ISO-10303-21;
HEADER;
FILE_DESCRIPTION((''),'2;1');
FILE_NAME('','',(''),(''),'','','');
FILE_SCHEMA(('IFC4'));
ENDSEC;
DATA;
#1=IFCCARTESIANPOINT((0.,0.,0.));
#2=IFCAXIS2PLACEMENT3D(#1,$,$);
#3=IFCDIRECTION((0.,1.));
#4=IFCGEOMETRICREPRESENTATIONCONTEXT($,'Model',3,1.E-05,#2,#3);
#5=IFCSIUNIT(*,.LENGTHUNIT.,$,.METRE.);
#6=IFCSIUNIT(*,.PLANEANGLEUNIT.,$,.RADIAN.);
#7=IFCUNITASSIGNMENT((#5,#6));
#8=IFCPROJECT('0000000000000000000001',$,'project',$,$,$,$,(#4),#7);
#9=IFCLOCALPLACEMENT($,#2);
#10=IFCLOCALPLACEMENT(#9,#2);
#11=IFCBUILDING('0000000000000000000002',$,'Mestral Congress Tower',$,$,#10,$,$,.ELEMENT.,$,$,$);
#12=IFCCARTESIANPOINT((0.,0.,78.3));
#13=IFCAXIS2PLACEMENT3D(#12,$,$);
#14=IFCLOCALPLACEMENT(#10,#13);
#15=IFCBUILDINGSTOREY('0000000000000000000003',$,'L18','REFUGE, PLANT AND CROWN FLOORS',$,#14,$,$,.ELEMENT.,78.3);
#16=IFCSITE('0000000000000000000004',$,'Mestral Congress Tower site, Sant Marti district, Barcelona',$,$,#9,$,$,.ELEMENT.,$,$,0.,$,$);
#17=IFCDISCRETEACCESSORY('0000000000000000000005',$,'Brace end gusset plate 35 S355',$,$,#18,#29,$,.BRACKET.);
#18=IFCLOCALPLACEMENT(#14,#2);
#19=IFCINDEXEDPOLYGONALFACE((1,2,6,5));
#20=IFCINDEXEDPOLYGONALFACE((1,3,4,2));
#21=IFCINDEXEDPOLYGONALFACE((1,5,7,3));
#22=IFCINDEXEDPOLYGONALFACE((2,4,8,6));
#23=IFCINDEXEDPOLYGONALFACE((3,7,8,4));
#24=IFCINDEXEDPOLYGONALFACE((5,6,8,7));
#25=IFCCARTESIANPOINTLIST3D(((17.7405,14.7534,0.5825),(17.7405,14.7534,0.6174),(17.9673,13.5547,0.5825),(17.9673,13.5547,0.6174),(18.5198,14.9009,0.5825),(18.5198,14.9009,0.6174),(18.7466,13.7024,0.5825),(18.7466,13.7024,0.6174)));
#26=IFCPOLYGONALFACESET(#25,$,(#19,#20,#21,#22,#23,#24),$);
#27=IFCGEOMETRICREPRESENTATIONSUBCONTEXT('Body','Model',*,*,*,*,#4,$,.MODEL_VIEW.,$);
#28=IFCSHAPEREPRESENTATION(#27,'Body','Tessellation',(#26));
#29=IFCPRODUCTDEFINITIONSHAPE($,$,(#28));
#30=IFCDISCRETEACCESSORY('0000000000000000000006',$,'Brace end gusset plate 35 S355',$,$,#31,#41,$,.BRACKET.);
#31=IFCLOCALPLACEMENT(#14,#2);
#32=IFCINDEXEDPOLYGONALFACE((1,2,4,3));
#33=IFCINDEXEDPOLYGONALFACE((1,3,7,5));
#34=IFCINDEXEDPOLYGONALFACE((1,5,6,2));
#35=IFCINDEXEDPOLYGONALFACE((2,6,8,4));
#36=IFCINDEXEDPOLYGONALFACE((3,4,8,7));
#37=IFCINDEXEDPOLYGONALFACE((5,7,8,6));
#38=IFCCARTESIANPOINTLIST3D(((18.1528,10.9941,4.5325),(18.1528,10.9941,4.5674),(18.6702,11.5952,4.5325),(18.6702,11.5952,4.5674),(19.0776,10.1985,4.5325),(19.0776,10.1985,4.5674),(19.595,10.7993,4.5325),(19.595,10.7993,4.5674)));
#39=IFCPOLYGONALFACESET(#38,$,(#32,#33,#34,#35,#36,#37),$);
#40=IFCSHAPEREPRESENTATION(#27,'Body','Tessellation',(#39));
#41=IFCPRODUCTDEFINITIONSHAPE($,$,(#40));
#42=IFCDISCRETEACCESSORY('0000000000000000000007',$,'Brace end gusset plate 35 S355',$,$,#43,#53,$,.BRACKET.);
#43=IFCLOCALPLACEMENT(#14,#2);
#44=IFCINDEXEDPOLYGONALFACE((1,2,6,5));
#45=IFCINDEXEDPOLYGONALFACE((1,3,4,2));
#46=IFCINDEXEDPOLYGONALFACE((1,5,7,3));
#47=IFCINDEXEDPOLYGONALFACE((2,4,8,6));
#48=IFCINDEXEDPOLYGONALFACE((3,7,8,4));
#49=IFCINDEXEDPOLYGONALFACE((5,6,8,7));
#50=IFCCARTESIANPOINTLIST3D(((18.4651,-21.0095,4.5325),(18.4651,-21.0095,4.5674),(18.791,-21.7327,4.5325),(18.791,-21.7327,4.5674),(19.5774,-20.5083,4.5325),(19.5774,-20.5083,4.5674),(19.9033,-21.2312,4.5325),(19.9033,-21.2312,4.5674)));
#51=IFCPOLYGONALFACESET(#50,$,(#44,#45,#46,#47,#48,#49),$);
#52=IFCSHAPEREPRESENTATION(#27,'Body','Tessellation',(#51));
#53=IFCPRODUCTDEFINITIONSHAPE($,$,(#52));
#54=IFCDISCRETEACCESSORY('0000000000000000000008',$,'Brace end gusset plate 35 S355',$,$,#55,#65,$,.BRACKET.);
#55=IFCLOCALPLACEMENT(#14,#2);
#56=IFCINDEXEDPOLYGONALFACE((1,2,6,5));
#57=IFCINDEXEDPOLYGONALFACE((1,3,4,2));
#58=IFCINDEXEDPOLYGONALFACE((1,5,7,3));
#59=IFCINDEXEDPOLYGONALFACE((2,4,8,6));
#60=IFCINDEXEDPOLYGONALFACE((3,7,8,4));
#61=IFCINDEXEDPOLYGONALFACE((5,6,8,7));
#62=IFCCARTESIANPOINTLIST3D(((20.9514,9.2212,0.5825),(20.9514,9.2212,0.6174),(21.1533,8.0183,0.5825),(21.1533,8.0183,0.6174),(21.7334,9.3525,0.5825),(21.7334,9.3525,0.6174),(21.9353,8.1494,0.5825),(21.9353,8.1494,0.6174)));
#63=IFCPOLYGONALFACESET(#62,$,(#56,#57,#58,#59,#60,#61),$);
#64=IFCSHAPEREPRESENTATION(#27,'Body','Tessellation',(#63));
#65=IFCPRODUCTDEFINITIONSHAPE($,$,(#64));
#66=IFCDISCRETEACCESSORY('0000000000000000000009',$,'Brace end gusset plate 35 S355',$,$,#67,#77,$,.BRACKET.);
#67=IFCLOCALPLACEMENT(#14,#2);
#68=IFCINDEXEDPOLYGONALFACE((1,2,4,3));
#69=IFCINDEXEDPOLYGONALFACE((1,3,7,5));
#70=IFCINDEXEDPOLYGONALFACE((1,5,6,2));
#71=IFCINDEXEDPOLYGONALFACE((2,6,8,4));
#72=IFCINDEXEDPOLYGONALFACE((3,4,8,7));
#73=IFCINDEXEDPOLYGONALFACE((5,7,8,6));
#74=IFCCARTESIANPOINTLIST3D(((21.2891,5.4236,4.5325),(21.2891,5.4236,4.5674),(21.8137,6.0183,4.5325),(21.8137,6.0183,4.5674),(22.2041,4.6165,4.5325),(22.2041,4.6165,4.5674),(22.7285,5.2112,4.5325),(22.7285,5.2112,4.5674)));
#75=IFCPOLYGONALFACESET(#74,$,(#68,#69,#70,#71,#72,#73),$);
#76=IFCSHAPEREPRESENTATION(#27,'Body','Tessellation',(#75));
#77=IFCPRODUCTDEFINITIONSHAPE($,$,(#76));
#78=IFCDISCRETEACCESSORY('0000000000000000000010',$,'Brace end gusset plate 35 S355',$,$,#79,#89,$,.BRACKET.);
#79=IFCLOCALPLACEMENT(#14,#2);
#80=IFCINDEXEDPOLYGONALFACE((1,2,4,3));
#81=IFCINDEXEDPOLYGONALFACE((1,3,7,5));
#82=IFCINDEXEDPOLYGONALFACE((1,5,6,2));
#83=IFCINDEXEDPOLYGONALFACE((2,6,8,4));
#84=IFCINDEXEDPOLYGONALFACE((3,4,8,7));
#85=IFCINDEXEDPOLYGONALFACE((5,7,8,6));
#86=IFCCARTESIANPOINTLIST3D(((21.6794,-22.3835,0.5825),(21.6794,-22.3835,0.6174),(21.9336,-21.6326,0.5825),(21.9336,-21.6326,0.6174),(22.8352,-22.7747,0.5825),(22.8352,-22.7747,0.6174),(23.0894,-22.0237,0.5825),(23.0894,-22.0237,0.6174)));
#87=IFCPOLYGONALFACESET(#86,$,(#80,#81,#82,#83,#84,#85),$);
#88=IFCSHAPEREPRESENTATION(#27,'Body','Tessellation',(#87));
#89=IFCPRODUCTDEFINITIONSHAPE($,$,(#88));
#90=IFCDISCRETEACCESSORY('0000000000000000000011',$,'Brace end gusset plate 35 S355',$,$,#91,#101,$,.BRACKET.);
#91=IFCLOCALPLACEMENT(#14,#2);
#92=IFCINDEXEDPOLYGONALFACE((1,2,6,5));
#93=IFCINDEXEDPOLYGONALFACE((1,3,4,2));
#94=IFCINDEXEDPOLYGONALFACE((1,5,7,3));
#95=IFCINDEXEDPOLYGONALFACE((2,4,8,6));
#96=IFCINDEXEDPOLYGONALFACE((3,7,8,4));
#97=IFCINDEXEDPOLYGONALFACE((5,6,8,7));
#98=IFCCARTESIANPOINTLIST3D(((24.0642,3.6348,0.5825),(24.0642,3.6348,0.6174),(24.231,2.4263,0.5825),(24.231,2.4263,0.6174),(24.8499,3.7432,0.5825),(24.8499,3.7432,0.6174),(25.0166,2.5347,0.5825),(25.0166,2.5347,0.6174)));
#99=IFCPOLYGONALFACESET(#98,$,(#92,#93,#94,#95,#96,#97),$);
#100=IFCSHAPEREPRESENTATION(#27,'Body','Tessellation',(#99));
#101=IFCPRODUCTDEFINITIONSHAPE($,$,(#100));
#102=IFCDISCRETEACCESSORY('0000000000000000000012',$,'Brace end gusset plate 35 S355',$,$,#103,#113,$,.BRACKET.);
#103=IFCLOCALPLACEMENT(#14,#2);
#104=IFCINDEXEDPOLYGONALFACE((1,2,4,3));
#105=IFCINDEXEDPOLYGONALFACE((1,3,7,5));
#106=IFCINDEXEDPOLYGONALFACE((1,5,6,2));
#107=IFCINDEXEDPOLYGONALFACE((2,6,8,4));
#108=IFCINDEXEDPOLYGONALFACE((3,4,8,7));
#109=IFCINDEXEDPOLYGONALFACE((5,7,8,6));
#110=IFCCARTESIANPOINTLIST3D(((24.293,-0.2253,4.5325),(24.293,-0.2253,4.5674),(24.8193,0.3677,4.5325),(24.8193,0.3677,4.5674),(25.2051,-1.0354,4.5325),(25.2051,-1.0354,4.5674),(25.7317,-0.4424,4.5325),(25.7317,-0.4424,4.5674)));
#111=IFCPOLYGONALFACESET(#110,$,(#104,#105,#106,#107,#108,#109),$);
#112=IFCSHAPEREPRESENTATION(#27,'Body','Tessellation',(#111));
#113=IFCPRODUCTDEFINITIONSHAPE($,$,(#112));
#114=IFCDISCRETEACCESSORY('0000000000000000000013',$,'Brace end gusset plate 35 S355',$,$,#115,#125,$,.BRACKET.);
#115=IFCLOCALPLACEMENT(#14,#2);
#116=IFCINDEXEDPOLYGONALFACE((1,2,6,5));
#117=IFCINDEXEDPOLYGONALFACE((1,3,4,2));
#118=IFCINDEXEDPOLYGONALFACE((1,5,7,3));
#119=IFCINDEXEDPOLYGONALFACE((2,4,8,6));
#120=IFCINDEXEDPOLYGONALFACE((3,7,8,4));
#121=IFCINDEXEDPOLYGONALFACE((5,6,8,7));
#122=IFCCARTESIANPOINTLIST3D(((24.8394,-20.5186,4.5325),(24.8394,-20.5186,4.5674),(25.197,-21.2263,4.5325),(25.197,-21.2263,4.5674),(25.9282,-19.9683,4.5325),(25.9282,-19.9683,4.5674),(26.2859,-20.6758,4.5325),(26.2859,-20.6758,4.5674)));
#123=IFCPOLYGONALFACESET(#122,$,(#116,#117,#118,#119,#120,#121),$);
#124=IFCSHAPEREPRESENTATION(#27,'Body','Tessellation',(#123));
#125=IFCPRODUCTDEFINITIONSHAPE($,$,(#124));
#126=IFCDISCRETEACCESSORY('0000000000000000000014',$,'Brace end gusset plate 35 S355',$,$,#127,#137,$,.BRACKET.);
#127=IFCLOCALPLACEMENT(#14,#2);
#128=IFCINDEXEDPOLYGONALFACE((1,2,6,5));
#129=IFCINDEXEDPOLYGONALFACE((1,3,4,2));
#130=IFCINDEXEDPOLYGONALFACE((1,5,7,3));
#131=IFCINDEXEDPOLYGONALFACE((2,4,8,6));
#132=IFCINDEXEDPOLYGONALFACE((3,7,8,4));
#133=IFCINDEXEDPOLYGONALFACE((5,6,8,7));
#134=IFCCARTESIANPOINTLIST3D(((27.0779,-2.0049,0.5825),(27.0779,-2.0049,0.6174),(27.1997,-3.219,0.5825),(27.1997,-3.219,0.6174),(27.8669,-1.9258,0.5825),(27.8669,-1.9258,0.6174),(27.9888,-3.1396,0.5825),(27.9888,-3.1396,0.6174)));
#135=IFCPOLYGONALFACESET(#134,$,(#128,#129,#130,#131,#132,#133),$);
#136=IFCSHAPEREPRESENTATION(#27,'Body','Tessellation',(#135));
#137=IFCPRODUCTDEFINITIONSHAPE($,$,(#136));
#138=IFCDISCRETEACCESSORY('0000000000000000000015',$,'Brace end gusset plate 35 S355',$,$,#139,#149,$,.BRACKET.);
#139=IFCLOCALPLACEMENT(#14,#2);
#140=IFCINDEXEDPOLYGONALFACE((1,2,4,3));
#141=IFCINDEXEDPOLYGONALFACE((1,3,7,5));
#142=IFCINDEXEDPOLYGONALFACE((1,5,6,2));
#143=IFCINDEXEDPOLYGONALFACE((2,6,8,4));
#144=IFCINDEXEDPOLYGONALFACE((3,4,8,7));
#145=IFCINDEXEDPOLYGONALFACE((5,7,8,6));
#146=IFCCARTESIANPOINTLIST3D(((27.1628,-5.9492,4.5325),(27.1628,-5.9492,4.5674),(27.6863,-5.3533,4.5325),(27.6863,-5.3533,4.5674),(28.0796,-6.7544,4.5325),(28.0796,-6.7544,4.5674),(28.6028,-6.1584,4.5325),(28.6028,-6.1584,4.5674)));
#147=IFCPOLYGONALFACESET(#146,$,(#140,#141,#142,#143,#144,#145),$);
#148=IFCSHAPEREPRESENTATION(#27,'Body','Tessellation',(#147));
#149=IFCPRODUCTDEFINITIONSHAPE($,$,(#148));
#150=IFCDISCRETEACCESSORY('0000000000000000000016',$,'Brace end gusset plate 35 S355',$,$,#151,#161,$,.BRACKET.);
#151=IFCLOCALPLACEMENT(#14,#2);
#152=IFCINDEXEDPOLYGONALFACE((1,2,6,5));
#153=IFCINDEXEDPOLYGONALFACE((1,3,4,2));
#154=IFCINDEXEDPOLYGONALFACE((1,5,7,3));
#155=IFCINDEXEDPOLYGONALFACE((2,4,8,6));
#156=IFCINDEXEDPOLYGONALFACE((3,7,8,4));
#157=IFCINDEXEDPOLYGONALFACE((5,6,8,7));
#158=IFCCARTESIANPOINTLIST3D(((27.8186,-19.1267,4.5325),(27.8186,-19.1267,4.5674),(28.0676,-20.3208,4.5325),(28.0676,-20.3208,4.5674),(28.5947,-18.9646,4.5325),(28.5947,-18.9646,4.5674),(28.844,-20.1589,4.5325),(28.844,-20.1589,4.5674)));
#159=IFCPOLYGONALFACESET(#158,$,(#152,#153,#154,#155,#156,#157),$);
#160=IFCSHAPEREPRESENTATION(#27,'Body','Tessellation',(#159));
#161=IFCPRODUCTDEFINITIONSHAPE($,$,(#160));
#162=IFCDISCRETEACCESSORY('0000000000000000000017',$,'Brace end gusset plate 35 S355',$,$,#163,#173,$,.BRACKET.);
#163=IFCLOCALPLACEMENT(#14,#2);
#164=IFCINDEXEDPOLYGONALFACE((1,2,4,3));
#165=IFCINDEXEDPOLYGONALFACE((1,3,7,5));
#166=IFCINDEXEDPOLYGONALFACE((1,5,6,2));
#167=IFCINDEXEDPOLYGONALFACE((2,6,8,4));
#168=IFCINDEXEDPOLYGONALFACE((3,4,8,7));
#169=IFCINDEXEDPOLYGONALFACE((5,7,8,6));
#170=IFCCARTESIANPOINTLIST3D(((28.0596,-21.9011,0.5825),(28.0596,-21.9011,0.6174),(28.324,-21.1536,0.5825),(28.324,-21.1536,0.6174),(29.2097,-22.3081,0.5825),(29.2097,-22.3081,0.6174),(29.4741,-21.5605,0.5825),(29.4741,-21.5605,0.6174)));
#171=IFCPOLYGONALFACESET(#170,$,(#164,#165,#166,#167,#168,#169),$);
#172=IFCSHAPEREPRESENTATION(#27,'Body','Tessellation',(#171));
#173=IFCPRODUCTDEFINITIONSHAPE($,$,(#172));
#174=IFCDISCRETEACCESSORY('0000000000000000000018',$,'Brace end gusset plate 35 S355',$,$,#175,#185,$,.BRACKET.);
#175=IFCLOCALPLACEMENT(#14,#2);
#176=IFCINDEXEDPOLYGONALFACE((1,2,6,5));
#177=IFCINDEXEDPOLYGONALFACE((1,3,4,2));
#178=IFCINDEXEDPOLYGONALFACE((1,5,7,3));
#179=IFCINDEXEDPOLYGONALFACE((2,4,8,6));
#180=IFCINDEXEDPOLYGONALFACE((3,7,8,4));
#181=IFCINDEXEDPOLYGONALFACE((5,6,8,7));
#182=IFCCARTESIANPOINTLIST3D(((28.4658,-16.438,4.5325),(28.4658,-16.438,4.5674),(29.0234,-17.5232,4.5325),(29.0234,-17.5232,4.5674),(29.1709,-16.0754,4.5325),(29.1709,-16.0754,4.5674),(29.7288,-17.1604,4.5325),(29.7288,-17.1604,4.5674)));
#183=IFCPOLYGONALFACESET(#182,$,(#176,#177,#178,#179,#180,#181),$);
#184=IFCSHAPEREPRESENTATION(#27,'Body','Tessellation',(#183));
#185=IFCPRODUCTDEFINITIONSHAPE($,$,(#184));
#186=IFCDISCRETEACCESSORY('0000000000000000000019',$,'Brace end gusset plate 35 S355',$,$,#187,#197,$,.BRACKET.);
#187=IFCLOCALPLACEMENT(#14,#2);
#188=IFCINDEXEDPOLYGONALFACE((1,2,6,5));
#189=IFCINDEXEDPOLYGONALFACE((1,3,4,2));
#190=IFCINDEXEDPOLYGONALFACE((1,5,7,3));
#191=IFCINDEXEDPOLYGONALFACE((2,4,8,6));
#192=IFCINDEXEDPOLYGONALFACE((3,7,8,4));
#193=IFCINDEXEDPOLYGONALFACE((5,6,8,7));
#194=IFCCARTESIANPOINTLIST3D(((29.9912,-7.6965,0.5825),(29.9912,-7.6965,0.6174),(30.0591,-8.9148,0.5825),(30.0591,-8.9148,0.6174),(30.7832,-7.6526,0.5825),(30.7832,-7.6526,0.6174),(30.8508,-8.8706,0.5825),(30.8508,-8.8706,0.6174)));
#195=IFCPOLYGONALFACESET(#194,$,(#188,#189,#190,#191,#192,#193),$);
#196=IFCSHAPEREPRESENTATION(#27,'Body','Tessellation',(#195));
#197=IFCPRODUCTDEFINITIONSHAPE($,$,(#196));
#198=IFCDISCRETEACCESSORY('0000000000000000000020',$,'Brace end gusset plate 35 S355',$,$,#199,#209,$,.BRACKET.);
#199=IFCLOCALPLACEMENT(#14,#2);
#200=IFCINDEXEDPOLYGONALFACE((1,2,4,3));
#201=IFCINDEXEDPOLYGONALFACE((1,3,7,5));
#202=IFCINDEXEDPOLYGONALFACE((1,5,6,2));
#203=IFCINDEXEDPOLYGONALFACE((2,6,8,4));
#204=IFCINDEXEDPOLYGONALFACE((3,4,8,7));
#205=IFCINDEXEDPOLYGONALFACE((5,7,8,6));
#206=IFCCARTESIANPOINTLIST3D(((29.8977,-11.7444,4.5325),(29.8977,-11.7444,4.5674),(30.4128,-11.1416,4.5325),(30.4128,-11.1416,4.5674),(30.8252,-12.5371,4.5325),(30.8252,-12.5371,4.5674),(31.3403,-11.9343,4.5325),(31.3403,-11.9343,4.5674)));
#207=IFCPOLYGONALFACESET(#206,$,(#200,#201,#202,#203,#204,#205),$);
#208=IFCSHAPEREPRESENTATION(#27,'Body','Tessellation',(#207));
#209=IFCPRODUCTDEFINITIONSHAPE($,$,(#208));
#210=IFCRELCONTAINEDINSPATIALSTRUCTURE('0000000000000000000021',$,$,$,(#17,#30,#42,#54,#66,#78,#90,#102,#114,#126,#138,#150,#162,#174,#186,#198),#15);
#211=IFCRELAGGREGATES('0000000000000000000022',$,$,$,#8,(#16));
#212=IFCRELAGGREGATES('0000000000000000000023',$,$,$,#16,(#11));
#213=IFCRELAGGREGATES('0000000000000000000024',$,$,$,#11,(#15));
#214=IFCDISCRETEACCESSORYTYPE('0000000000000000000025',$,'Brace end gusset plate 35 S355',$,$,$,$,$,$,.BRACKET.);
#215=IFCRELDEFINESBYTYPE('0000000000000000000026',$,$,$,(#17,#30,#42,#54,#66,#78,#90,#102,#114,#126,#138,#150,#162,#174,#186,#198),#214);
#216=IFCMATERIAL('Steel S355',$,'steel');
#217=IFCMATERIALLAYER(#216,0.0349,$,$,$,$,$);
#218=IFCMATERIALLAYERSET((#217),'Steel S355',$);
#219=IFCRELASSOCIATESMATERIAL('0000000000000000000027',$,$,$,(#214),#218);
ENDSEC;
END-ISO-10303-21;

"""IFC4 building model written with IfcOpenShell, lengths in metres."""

from ifc_helpers import new_model, si_unit, direction, frame, origin, place, context, subcontext, project, spatial, polyline, outline, extrude, material, layer, layer_set, type_object, element, save


model = new_model("IFC4")

# Units and contexts
model_context = context("Model", 3, precision=1e-05, world=origin(), true_north=direction((0.0, 1.0)))
body_context = subcontext(model_context, "Body", "Model", "MODEL_VIEW")
ifc_project = project(units=[si_unit("LENGTHUNIT", "METRE"), si_unit("PLANEANGLEUNIT", "RADIAN")], contexts=[model_context])

# Site, building, storey
site_placement = place(None, origin())
site = spatial("IfcSite", under=ifc_project, at=site_placement, Name="Mestral Congress Tower site, Sant Marti district, Barcelona", CompositionType="ELEMENT", RefElevation=0.0)
building_placement = place(site_placement, origin())
building = spatial("IfcBuilding", under=site, at=building_placement, Name="Mestral Congress Tower", CompositionType="ELEMENT")
storey_placement = place(building_placement, frame((0.0, 0.0, 78.3)))
storey = spatial("IfcBuildingStorey", under=building, at=storey_placement, Name="L18", Description="REFUGE, PLANT AND CROWN FLOORS", CompositionType="ELEMENT", Elevation=78.3)

# Discrete accessories
ifc_material_1 = material(Name="Steel S355", Category="steel")
ifc_layer_1 = layer(ifc_material_1, 0.0349)
ifc_layer_set_1 = layer_set([ifc_layer_1], Name="Steel S355")
discrete_accessory_type = type_object("IfcDiscreteAccessoryType", Name="Brace end gusset plate 35 S355", PredefinedType="BRACKET", material=ifc_layer_set_1)
placement_1 = place(storey_placement, frame((0.0, 0.0, 4.5325)))
placement_2 = place(storey_placement, frame((0.0, 0.0, 0.5825)))
element("IfcDiscreteAccessory", 1, at=placement_2, inside=storey, type_object=discrete_accessory_type, Name="Brace end gusset plate 35 S355", PredefinedType="BRACKET", context=body_context, shape_type="SweptSolid", body=[
    extrude(outline(polyline([(17.7405, 14.7534), (17.9673, 13.5547), (18.7466, 13.7024), (18.5198, 14.9009), (17.7405, 14.7534)])), origin(), (0.0, 0.0, 1.0), 0.0349),
])
element("IfcDiscreteAccessory", 2, at=placement_1, inside=storey, type_object=discrete_accessory_type, Name="Brace end gusset plate 35 S355", PredefinedType="BRACKET", context=body_context, shape_type="SweptSolid", body=[
    extrude(outline(polyline([(18.1528, 10.9941), (19.0776, 10.1985), (19.595, 10.7993), (18.6702, 11.5952), (18.1528, 10.9941)])), origin(), (0.0, 0.0, 1.0), 0.0349),
])
element("IfcDiscreteAccessory", 3, at=placement_1, inside=storey, type_object=discrete_accessory_type, Name="Brace end gusset plate 35 S355", PredefinedType="BRACKET", context=body_context, shape_type="SweptSolid", body=[
    extrude(outline(polyline([(19.5774, -20.5083), (18.4651, -21.0095), (18.791, -21.7327), (19.9033, -21.2312), (19.5774, -20.5083)])), origin(), (0.0, 0.0, 1.0), 0.0349),
])
element("IfcDiscreteAccessory", 4, at=placement_2, inside=storey, type_object=discrete_accessory_type, Name="Brace end gusset plate 35 S355", PredefinedType="BRACKET", context=body_context, shape_type="SweptSolid", body=[
    extrude(outline(polyline([(20.9514, 9.2212), (21.1533, 8.0183), (21.9353, 8.1494), (21.7334, 9.3525), (20.9514, 9.2212)])), origin(), (0.0, 0.0, 1.0), 0.0349),
])
element("IfcDiscreteAccessory", 5, at=placement_1, inside=storey, type_object=discrete_accessory_type, Name="Brace end gusset plate 35 S355", PredefinedType="BRACKET", context=body_context, shape_type="SweptSolid", body=[
    extrude(outline(polyline([(21.2891, 5.4236), (22.2041, 4.6165), (22.7285, 5.2112), (21.8137, 6.0183), (21.2891, 5.4236)])), origin(), (0.0, 0.0, 1.0), 0.0349),
])
element("IfcDiscreteAccessory", 6, at=placement_2, inside=storey, type_object=discrete_accessory_type, Name="Brace end gusset plate 35 S355", PredefinedType="BRACKET", context=body_context, shape_type="SweptSolid", body=[
    extrude(outline(polyline([(23.0894, -22.0237), (21.9336, -21.6326), (21.6794, -22.3835), (22.8352, -22.7747), (23.0894, -22.0237)])), origin(), (0.0, 0.0, 1.0), 0.0349),
])
element("IfcDiscreteAccessory", 7, at=placement_2, inside=storey, type_object=discrete_accessory_type, Name="Brace end gusset plate 35 S355", PredefinedType="BRACKET", context=body_context, shape_type="SweptSolid", body=[
    extrude(outline(polyline([(24.0642, 3.6348), (24.231, 2.4263), (25.0166, 2.5347), (24.8499, 3.7432), (24.0642, 3.6348)])), origin(), (0.0, 0.0, 1.0), 0.0349),
])
element("IfcDiscreteAccessory", 8, at=placement_1, inside=storey, type_object=discrete_accessory_type, Name="Brace end gusset plate 35 S355", PredefinedType="BRACKET", context=body_context, shape_type="SweptSolid", body=[
    extrude(outline(polyline([(24.293, -0.2253), (25.2051, -1.0354), (25.7317, -0.4424), (24.8193, 0.3677), (24.293, -0.2253)])), origin(), (0.0, 0.0, 1.0), 0.0349),
])
element("IfcDiscreteAccessory", 9, at=placement_1, inside=storey, type_object=discrete_accessory_type, Name="Brace end gusset plate 35 S355", PredefinedType="BRACKET", context=body_context, shape_type="SweptSolid", body=[
    extrude(outline(polyline([(25.9282, -19.9683), (24.8394, -20.5186), (25.197, -21.2263), (26.2859, -20.6758), (25.9282, -19.9683)])), origin(), (0.0, 0.0, 1.0), 0.0349),
])
element("IfcDiscreteAccessory", 10, at=placement_2, inside=storey, type_object=discrete_accessory_type, Name="Brace end gusset plate 35 S355", PredefinedType="BRACKET", context=body_context, shape_type="SweptSolid", body=[
    extrude(outline(polyline([(27.0779, -2.0049), (27.1997, -3.219), (27.9888, -3.1396), (27.8669, -1.9258), (27.0779, -2.0049)])), origin(), (0.0, 0.0, 1.0), 0.0349),
])
element("IfcDiscreteAccessory", 11, at=placement_1, inside=storey, type_object=discrete_accessory_type, Name="Brace end gusset plate 35 S355", PredefinedType="BRACKET", context=body_context, shape_type="SweptSolid", body=[
    extrude(outline(polyline([(27.1628, -5.9492), (28.0796, -6.7544), (28.6028, -6.1584), (27.6863, -5.3533), (27.1628, -5.9492)])), origin(), (0.0, 0.0, 1.0), 0.0349),
])
element("IfcDiscreteAccessory", 12, at=placement_1, inside=storey, type_object=discrete_accessory_type, Name="Brace end gusset plate 35 S355", PredefinedType="BRACKET", context=body_context, shape_type="SweptSolid", body=[
    extrude(outline(polyline([(27.8186, -19.1267), (28.0676, -20.3208), (28.844, -20.1589), (28.5947, -18.9646), (27.8186, -19.1267)])), origin(), (0.0, 0.0, 1.0), 0.0349),
])
element("IfcDiscreteAccessory", 13, at=placement_2, inside=storey, type_object=discrete_accessory_type, Name="Brace end gusset plate 35 S355", PredefinedType="BRACKET", context=body_context, shape_type="SweptSolid", body=[
    extrude(outline(polyline([(29.4741, -21.5605), (28.324, -21.1536), (28.0596, -21.9011), (29.2097, -22.3081), (29.4741, -21.5605)])), origin(), (0.0, 0.0, 1.0), 0.0349),
])
element("IfcDiscreteAccessory", 14, at=placement_1, inside=storey, type_object=discrete_accessory_type, Name="Brace end gusset plate 35 S355", PredefinedType="BRACKET", context=body_context, shape_type="SweptSolid", body=[
    extrude(outline(polyline([(28.4658, -16.438), (29.0234, -17.5232), (29.7288, -17.1604), (29.1709, -16.0754), (28.4658, -16.438)])), origin(), (0.0, 0.0, 1.0), 0.0349),
])
element("IfcDiscreteAccessory", 15, at=placement_2, inside=storey, type_object=discrete_accessory_type, Name="Brace end gusset plate 35 S355", PredefinedType="BRACKET", context=body_context, shape_type="SweptSolid", body=[
    extrude(outline(polyline([(29.9912, -7.6965), (30.0591, -8.9148), (30.8508, -8.8706), (30.7832, -7.6526), (29.9912, -7.6965)])), origin(), (0.0, 0.0, 1.0), 0.0349),
])
element("IfcDiscreteAccessory", 16, at=placement_1, inside=storey, type_object=discrete_accessory_type, Name="Brace end gusset plate 35 S355", PredefinedType="BRACKET", context=body_context, shape_type="SweptSolid", body=[
    extrude(outline(polyline([(29.8977, -11.7444), (30.8252, -12.5371), (31.3403, -11.9343), (30.4128, -11.1416), (29.8977, -11.7444)])), origin(), (0.0, 0.0, 1.0), 0.0349),
])

save(model, "model.ifc")
